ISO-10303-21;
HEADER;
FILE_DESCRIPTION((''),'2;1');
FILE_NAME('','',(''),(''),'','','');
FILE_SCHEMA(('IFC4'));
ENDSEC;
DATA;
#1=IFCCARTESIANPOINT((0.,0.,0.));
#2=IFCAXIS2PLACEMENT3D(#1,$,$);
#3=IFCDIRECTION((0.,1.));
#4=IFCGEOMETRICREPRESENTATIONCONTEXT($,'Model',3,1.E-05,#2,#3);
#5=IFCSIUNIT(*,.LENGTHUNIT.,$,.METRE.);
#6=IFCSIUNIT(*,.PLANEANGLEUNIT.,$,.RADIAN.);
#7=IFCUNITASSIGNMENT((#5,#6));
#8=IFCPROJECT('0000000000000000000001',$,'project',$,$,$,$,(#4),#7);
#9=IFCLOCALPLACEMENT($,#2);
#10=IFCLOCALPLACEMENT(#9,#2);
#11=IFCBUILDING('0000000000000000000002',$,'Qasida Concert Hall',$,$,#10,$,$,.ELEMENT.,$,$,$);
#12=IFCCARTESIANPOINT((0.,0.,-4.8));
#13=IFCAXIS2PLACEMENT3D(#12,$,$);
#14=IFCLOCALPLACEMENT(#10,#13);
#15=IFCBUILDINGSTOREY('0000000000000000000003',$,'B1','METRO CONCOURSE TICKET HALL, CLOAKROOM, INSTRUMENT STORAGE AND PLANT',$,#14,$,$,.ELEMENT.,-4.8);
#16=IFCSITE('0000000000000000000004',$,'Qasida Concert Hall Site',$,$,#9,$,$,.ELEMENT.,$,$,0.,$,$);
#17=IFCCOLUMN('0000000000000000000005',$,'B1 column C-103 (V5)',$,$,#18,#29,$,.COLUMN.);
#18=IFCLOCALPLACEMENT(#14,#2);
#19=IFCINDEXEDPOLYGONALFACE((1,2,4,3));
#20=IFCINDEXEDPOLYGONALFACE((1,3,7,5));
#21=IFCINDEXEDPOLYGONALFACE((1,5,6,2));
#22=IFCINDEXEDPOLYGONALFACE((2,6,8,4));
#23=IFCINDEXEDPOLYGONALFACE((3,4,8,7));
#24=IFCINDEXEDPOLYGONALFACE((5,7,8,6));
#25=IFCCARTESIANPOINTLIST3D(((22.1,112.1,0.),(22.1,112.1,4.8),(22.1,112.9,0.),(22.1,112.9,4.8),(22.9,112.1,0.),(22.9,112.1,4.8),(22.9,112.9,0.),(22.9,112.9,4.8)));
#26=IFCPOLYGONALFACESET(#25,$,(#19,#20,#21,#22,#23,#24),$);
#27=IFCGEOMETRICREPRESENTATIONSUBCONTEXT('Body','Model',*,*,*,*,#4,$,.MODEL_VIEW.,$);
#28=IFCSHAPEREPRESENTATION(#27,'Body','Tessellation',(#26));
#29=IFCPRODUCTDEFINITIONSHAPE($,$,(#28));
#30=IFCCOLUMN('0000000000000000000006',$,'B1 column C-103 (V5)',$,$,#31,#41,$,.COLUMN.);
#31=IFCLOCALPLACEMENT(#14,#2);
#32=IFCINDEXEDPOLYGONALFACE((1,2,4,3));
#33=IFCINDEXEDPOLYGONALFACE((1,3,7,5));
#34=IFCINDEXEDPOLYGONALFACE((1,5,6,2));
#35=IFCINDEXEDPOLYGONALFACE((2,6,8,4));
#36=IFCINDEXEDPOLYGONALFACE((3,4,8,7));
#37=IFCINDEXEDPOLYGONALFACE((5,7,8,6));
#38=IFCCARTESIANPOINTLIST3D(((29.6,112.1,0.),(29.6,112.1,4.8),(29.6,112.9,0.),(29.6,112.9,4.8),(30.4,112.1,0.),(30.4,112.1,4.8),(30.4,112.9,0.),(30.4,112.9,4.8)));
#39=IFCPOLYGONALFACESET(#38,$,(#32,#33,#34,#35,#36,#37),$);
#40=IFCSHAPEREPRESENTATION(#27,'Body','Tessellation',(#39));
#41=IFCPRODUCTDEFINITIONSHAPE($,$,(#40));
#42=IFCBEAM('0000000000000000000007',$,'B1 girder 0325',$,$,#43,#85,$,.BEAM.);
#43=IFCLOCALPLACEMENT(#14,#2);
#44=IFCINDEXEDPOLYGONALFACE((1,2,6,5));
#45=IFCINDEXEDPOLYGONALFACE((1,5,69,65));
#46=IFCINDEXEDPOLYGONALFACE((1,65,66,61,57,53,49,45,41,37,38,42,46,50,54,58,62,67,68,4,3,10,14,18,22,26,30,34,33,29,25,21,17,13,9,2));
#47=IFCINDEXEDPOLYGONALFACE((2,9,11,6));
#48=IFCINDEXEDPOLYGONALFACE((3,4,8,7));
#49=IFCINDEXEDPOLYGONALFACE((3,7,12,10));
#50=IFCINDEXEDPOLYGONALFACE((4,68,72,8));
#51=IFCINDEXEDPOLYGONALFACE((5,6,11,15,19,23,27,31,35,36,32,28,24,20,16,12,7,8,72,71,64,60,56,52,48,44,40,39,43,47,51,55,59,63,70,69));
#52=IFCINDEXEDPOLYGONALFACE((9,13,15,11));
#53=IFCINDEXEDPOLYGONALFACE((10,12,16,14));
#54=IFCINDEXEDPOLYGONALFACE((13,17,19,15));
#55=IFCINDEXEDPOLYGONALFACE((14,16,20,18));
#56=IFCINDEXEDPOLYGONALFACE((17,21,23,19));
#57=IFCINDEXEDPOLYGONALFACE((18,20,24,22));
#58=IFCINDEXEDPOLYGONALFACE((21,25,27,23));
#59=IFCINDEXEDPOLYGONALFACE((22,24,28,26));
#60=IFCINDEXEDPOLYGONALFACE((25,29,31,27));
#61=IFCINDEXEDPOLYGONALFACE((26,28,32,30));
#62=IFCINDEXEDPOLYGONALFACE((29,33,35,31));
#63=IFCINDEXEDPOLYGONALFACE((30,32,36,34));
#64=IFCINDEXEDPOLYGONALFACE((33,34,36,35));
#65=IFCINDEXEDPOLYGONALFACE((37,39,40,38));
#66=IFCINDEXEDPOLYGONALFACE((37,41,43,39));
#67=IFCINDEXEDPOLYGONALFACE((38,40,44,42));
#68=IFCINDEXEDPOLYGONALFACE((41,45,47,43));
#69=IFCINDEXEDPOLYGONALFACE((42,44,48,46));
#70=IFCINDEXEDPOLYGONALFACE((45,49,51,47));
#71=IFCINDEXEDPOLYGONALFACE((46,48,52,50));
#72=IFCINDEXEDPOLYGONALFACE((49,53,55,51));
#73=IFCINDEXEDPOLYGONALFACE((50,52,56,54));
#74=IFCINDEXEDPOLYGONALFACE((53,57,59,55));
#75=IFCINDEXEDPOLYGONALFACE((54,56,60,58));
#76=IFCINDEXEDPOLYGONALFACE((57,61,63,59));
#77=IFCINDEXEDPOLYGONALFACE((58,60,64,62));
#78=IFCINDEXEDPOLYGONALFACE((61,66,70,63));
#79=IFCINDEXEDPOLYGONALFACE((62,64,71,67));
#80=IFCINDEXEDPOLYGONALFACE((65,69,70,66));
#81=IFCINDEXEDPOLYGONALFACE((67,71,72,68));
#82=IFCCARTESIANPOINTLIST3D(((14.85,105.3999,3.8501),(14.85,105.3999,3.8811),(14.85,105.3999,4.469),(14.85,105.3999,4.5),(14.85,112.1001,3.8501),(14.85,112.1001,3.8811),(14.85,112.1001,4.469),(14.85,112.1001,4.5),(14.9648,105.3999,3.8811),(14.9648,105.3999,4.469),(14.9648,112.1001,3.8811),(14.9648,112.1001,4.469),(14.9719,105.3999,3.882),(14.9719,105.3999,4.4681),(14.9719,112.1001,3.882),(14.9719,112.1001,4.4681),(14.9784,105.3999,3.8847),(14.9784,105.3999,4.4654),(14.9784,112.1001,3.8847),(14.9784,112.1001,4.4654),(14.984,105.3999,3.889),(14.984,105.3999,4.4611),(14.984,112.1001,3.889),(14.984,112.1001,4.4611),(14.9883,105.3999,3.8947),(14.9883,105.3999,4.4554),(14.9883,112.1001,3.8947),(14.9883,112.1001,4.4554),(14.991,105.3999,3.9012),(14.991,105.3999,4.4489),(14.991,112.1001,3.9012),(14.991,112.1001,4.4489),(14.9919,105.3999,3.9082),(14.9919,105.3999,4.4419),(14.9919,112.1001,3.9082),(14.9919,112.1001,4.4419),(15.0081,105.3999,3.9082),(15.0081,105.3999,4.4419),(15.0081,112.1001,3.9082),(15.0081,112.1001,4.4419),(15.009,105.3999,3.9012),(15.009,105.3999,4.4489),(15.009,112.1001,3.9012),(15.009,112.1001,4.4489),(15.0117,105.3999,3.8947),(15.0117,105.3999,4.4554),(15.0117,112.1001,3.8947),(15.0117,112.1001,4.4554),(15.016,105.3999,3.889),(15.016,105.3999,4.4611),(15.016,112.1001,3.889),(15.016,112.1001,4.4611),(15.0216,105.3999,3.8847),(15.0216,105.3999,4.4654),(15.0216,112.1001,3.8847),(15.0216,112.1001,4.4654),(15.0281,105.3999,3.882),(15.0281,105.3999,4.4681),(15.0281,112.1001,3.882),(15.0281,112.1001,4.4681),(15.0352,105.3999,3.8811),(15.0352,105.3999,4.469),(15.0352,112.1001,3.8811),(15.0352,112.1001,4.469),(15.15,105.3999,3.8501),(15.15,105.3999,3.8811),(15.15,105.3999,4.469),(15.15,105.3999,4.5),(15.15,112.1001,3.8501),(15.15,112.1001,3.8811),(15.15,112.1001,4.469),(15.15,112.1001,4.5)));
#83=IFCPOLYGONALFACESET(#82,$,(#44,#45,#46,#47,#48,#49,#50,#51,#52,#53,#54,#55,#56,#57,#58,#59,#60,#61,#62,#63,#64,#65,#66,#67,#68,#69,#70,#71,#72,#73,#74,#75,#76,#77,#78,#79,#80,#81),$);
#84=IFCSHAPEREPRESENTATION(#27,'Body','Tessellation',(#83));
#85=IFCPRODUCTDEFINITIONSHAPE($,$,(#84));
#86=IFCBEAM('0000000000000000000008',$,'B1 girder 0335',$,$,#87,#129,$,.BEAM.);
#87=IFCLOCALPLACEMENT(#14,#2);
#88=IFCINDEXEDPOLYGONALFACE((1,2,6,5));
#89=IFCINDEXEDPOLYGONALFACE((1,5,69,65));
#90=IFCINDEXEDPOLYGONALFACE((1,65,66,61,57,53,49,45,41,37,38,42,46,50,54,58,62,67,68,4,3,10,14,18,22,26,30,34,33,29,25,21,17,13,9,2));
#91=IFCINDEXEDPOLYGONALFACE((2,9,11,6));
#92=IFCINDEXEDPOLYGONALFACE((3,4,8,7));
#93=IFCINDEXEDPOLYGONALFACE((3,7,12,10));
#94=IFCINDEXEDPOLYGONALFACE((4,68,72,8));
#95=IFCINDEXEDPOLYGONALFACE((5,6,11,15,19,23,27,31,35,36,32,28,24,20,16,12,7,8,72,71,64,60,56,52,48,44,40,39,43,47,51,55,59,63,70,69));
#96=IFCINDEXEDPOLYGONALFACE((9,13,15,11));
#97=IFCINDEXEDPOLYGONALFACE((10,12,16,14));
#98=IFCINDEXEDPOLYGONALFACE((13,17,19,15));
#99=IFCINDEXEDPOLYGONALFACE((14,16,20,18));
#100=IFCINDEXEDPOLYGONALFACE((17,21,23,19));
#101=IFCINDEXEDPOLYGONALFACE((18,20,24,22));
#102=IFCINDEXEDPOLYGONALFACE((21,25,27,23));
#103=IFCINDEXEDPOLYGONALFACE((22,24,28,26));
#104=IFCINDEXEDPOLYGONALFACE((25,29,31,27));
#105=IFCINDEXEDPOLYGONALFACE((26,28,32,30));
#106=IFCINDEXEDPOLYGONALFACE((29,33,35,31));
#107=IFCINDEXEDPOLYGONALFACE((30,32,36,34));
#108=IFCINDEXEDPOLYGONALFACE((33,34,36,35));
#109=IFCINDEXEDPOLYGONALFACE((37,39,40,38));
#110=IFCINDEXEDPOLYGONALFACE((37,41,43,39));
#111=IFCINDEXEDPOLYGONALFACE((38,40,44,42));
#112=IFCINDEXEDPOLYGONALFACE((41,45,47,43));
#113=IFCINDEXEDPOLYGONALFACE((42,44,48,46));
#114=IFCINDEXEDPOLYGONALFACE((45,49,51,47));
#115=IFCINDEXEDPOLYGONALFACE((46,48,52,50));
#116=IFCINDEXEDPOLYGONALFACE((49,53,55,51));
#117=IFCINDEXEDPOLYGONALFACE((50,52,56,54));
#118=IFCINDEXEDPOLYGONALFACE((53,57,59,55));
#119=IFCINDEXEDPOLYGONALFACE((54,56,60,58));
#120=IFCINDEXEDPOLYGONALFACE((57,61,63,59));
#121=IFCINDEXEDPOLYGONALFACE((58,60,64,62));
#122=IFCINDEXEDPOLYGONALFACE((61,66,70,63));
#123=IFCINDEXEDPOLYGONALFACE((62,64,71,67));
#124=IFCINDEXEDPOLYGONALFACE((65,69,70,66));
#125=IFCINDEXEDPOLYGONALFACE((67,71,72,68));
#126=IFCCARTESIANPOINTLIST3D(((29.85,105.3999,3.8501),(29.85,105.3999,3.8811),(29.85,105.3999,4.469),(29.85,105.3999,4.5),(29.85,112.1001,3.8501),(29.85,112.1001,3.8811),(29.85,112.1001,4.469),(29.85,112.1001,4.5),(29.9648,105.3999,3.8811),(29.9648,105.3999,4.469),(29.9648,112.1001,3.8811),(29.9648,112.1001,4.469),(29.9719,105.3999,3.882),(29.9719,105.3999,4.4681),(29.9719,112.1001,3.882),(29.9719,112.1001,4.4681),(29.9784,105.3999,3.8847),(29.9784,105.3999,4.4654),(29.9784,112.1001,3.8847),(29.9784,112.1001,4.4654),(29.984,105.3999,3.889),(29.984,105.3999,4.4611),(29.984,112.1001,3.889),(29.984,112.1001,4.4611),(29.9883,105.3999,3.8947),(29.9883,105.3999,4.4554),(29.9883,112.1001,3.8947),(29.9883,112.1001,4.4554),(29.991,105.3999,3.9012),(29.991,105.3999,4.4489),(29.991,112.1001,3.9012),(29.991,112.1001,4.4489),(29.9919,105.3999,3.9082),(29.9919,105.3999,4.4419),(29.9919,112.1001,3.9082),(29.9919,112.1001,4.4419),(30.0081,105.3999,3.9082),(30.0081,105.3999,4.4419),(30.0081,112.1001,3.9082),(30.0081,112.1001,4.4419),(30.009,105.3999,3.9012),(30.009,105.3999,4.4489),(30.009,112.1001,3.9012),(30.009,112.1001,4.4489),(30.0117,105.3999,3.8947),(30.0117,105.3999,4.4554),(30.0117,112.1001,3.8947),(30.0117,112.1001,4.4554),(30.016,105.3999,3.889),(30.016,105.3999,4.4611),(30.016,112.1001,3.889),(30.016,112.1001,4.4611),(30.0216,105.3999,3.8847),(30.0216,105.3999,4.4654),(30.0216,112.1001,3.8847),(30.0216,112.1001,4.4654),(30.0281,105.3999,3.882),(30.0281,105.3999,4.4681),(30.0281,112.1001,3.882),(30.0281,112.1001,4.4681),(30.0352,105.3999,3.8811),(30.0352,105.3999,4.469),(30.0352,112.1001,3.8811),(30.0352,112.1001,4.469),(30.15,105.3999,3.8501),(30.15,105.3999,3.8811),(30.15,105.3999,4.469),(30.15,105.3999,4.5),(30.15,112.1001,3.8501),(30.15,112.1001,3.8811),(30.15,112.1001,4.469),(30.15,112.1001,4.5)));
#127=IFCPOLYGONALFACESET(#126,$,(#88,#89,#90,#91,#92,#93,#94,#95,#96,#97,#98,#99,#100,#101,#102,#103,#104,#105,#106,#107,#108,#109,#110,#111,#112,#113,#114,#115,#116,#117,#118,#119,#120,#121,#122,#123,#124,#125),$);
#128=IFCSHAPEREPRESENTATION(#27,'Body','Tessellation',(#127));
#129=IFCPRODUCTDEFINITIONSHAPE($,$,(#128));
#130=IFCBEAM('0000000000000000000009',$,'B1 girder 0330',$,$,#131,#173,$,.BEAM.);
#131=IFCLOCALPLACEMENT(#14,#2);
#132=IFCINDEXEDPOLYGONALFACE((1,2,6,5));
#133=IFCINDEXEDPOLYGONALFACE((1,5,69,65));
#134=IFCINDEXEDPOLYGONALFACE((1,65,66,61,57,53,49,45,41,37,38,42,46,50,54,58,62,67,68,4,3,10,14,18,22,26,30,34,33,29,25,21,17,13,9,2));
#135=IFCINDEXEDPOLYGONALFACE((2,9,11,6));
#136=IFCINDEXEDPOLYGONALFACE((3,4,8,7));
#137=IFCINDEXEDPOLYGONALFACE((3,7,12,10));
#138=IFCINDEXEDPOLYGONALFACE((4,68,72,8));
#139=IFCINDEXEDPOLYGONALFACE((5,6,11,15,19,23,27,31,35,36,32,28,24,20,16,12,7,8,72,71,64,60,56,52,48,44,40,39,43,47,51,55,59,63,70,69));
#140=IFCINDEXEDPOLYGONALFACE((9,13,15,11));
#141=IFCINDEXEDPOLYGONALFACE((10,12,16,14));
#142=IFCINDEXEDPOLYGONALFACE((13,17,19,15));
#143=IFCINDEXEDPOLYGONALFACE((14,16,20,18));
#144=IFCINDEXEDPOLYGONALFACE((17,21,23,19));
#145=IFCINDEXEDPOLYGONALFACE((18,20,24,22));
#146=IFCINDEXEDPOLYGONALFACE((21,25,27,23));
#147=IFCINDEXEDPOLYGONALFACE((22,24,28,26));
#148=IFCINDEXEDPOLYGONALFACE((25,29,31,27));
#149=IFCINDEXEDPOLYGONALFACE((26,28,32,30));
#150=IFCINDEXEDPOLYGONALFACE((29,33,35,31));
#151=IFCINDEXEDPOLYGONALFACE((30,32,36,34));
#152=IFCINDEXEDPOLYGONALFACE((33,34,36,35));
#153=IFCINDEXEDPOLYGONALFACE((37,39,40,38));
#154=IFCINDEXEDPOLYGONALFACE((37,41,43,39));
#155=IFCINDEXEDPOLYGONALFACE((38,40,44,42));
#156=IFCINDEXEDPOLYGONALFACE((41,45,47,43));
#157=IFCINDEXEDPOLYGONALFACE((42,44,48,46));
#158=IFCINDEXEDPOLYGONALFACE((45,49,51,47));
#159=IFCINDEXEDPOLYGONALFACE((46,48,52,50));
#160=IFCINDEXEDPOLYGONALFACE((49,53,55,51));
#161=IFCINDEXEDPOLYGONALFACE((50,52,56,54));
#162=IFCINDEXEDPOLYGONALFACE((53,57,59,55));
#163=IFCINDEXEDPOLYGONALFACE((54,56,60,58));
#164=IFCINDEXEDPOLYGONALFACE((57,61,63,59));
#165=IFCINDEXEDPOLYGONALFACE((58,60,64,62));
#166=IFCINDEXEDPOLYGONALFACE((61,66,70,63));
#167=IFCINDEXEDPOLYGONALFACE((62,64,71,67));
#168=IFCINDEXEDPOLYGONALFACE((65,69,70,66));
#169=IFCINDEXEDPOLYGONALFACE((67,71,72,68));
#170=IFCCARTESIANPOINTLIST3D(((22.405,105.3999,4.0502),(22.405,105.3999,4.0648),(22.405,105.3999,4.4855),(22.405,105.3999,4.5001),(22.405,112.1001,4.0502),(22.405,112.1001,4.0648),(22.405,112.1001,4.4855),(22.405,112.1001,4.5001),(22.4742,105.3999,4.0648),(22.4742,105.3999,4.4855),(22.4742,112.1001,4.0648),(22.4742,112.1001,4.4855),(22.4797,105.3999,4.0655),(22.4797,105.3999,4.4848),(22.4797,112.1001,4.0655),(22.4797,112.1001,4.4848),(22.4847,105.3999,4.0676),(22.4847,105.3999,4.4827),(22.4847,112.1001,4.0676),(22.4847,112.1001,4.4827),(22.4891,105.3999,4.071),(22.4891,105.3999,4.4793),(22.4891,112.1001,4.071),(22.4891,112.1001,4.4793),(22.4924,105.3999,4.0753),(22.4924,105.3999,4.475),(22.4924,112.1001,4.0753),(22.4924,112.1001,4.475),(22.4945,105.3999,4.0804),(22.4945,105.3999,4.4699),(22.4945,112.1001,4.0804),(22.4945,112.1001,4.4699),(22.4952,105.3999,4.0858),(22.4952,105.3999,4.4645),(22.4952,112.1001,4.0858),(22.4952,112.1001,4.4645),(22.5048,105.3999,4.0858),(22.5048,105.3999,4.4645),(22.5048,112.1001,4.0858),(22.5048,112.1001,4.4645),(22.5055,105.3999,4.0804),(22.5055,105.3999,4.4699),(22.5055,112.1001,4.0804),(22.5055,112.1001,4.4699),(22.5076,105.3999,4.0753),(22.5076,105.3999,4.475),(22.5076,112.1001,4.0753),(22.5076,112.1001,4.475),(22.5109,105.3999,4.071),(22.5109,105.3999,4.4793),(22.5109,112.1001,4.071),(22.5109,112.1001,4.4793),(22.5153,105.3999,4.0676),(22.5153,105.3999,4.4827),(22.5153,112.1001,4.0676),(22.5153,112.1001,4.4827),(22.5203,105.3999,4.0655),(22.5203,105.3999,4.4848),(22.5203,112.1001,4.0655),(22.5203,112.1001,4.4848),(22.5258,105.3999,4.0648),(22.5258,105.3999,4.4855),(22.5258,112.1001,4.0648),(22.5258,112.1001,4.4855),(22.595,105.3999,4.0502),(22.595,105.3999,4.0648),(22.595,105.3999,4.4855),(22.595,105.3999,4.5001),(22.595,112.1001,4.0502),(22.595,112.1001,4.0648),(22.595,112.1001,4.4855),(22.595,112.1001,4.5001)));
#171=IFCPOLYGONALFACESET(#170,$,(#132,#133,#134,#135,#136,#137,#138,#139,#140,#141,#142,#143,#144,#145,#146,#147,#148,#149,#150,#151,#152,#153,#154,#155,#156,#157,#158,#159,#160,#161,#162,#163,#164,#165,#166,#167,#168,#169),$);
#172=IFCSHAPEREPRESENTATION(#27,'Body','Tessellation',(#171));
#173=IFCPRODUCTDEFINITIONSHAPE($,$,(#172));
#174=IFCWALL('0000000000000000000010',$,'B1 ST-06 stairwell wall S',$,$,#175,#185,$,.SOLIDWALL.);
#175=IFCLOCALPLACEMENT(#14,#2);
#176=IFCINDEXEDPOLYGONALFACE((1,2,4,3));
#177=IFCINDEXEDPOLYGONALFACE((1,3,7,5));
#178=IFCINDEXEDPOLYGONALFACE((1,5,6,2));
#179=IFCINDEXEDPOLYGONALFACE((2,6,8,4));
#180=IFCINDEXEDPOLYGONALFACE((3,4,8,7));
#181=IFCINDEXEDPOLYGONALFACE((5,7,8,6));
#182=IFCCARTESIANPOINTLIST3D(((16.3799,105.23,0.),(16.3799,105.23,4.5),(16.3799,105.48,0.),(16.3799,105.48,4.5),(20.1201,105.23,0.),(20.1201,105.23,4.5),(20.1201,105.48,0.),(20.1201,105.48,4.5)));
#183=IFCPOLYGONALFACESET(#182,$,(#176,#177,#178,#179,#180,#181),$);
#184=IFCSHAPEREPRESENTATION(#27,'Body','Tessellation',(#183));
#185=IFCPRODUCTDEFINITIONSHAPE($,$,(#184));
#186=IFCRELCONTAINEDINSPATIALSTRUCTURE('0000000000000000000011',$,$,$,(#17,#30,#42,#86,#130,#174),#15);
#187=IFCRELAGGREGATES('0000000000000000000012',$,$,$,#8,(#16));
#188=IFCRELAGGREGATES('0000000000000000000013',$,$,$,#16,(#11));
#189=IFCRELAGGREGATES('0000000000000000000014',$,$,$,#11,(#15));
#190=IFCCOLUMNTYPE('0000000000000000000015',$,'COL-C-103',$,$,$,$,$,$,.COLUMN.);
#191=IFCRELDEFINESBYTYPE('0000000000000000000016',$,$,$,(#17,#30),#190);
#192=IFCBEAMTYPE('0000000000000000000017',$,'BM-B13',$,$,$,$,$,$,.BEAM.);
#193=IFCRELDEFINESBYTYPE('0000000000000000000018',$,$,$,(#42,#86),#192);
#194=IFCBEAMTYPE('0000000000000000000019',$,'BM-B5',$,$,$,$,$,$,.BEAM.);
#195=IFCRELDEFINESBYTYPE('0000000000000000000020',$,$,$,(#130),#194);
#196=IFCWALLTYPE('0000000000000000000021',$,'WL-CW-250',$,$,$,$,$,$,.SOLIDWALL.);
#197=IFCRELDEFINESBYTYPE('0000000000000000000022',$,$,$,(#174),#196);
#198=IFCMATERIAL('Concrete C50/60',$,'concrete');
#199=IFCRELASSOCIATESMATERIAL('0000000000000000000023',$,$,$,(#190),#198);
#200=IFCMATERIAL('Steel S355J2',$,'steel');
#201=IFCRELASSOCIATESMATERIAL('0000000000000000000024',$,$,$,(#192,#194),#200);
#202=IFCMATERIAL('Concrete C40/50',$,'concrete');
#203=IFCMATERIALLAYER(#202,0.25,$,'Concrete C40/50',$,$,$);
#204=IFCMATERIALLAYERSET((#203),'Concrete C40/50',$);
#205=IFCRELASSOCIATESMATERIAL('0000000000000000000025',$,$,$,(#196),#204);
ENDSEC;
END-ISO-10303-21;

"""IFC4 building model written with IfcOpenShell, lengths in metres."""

from ifc_helpers import new_model, si_unit, direction, frame, frame_2d, origin, origin_2d, place, context, subcontext, project, spatial, rectangle, i_section, extrude, material, layer, layer_set, material_profile, profile_set, type_object, element, save


model = new_model("IFC4")

# Units and contexts
model_context = context("Model", 3, precision=1e-05, world=origin(), true_north=direction((0.0, 1.0)))
body_context = subcontext(model_context, "Body", "Model", "MODEL_VIEW")
ifc_project = project(units=[si_unit("LENGTHUNIT", "METRE"), si_unit("PLANEANGLEUNIT", "RADIAN")], contexts=[model_context])

# Site, building, storey
site_placement = place(None, origin())
site = spatial("IfcSite", under=ifc_project, at=site_placement, Name="Qasida Concert Hall Site", CompositionType="ELEMENT", RefElevation=0.0)
building_placement = place(site_placement, origin())
building = spatial("IfcBuilding", under=site, at=building_placement, Name="Qasida Concert Hall", CompositionType="ELEMENT")
storey_placement = place(building_placement, frame((0.0, 0.0, -4.8)))
storey = spatial("IfcBuildingStorey", under=building, at=storey_placement, Name="B1", Description="METRO CONCOURSE TICKET HALL, CLOAKROOM, INSTRUMENT STORAGE AND PLANT", CompositionType="ELEMENT", Elevation=-4.8)

# Shared definitions
ifc_material_1 = material(Name="Concrete C40/50", Category="concrete")

# Columns
ifc_material_2 = material(Name="Concrete C50/60", Category="concrete")
ifc_material_profile_1 = material_profile(ifc_material_2, rectangle(XDim=0.8, YDim=0.8, at=origin_2d()), Name="RC 800x800")
ifc_profile_set_1 = profile_set([ifc_material_profile_1], Name="Concrete C50/60")
column_type = type_object("IfcColumnType", Name="COL-C-103", PredefinedType="COLUMN", material=ifc_profile_set_1)
for number, where, z_axis, x_axis, name in (
    (1, (22.5, 112.5, 0.0), (0.0, 0.0, 1.0), (1.0, 0.0, 0.0), "B1 column C-103 (V5)"),
    (2, (30.0, 112.5, 0.0), (0.0, 0.0, 1.0), (1.0, 0.0, 0.0), "B1 column C-103 (V5)"),
):
    element("IfcColumn", number, at=place(storey_placement, frame(where, z_axis=z_axis, x_axis=x_axis)), inside=storey, type_object=column_type, Name=name, PredefinedType="COLUMN", context=body_context, shape_type="SweptSolid", body=[
        extrude(rectangle(XDim=0.8, YDim=0.8, at=origin_2d()), origin(), (0.0, 0.0, 1.0), 4.8),
    ])

# Beams
ifc_material_3 = material(Name="Steel S355J2", Category="steel")
ifc_material_profile_2 = material_profile(ifc_material_3, i_section(OverallWidth=0.3, OverallDepth=0.6499, WebThickness=0.0161, FlangeThickness=0.031, FilletRadius=0.0271, at=origin_2d()), Name="HEB 650")
ifc_profile_set_2 = profile_set([ifc_material_profile_2], Name="Steel S355J2")
beam_type_1 = type_object("IfcBeamType", Name="BM-B13", PredefinedType="BEAM", material=ifc_profile_set_2)
for number, where, z_axis, x_axis, name in (
    (3, (15.0, 105.3999, 4.175), (0.0, 1.0, 0.0), (-1.0, 0.0, 0.0), "B1 girder 0325"),
    (4, (30.0, 105.3999, 4.175), (0.0, 1.0, 0.0), (-1.0, 0.0, 0.0), "B1 girder 0335"),
):
    element("IfcBeam", number, at=place(storey_placement, frame(where, z_axis=z_axis, x_axis=x_axis)), inside=storey, type_object=beam_type_1, Name=name, PredefinedType="BEAM", context=body_context, shape_type="SweptSolid", body=[
        extrude(i_section(OverallWidth=0.3, OverallDepth=0.6499, WebThickness=0.0161, FlangeThickness=0.031, FilletRadius=0.0271, at=origin_2d()), origin(), (0.0, 0.0, 1.0), 6.7002),
    ])
ifc_material_profile_3 = material_profile(ifc_material_3, i_section(OverallWidth=0.1899, OverallDepth=0.45, WebThickness=0.0095, FlangeThickness=0.0146, FilletRadius=0.021, at=origin_2d()), Name="IPE 450")
ifc_profile_set_3 = profile_set([ifc_material_profile_3], Name="Steel S355J2")
beam_type_2 = type_object("IfcBeamType", Name="BM-B5", PredefinedType="BEAM", material=ifc_profile_set_3)
beam_placement = place(storey_placement, frame((22.5, 105.3999, 4.2751), z_axis=(0.0, 1.0, 0.0), x_axis=(-1.0, 0.0, 0.0)))
element("IfcBeam", 5, at=beam_placement, inside=storey, type_object=beam_type_2, Name="B1 girder 0330", PredefinedType="BEAM", context=body_context, shape_type="SweptSolid", body=[
    extrude(i_section(OverallWidth=0.1899, OverallDepth=0.45, WebThickness=0.0095, FlangeThickness=0.0146, FilletRadius=0.021, at=origin_2d()), origin(), (0.0, 0.0, 1.0), 6.7002),
])

# Wall
ifc_layer_1 = layer(ifc_material_1, 0.25, Name="Concrete C40/50")
ifc_layer_set_1 = layer_set([ifc_layer_1], Name="Concrete C40/50")
wall_type_1 = type_object("IfcWallType", Name="WL-CW-250", PredefinedType="SOLIDWALL", material=ifc_layer_set_1)
wall_1_placement = place(storey_placement, frame((16.3799, 105.355, 0.0), z_axis=(0.0, 0.0, 1.0), x_axis=(1.0, 0.0, 0.0)))
element("IfcWall", 6, at=wall_1_placement, inside=storey, type_object=wall_type_1, Name="B1 ST-06 stairwell wall S", PredefinedType="SOLIDWALL", context=body_context, shape_type="SweptSolid", body=[
    extrude(rectangle(XDim=3.7402, YDim=0.25, at=frame_2d((1.8701, 0.0))), origin(), (0.0, 0.0, 1.0), 4.5),
])

save(model, "model.ifc")
